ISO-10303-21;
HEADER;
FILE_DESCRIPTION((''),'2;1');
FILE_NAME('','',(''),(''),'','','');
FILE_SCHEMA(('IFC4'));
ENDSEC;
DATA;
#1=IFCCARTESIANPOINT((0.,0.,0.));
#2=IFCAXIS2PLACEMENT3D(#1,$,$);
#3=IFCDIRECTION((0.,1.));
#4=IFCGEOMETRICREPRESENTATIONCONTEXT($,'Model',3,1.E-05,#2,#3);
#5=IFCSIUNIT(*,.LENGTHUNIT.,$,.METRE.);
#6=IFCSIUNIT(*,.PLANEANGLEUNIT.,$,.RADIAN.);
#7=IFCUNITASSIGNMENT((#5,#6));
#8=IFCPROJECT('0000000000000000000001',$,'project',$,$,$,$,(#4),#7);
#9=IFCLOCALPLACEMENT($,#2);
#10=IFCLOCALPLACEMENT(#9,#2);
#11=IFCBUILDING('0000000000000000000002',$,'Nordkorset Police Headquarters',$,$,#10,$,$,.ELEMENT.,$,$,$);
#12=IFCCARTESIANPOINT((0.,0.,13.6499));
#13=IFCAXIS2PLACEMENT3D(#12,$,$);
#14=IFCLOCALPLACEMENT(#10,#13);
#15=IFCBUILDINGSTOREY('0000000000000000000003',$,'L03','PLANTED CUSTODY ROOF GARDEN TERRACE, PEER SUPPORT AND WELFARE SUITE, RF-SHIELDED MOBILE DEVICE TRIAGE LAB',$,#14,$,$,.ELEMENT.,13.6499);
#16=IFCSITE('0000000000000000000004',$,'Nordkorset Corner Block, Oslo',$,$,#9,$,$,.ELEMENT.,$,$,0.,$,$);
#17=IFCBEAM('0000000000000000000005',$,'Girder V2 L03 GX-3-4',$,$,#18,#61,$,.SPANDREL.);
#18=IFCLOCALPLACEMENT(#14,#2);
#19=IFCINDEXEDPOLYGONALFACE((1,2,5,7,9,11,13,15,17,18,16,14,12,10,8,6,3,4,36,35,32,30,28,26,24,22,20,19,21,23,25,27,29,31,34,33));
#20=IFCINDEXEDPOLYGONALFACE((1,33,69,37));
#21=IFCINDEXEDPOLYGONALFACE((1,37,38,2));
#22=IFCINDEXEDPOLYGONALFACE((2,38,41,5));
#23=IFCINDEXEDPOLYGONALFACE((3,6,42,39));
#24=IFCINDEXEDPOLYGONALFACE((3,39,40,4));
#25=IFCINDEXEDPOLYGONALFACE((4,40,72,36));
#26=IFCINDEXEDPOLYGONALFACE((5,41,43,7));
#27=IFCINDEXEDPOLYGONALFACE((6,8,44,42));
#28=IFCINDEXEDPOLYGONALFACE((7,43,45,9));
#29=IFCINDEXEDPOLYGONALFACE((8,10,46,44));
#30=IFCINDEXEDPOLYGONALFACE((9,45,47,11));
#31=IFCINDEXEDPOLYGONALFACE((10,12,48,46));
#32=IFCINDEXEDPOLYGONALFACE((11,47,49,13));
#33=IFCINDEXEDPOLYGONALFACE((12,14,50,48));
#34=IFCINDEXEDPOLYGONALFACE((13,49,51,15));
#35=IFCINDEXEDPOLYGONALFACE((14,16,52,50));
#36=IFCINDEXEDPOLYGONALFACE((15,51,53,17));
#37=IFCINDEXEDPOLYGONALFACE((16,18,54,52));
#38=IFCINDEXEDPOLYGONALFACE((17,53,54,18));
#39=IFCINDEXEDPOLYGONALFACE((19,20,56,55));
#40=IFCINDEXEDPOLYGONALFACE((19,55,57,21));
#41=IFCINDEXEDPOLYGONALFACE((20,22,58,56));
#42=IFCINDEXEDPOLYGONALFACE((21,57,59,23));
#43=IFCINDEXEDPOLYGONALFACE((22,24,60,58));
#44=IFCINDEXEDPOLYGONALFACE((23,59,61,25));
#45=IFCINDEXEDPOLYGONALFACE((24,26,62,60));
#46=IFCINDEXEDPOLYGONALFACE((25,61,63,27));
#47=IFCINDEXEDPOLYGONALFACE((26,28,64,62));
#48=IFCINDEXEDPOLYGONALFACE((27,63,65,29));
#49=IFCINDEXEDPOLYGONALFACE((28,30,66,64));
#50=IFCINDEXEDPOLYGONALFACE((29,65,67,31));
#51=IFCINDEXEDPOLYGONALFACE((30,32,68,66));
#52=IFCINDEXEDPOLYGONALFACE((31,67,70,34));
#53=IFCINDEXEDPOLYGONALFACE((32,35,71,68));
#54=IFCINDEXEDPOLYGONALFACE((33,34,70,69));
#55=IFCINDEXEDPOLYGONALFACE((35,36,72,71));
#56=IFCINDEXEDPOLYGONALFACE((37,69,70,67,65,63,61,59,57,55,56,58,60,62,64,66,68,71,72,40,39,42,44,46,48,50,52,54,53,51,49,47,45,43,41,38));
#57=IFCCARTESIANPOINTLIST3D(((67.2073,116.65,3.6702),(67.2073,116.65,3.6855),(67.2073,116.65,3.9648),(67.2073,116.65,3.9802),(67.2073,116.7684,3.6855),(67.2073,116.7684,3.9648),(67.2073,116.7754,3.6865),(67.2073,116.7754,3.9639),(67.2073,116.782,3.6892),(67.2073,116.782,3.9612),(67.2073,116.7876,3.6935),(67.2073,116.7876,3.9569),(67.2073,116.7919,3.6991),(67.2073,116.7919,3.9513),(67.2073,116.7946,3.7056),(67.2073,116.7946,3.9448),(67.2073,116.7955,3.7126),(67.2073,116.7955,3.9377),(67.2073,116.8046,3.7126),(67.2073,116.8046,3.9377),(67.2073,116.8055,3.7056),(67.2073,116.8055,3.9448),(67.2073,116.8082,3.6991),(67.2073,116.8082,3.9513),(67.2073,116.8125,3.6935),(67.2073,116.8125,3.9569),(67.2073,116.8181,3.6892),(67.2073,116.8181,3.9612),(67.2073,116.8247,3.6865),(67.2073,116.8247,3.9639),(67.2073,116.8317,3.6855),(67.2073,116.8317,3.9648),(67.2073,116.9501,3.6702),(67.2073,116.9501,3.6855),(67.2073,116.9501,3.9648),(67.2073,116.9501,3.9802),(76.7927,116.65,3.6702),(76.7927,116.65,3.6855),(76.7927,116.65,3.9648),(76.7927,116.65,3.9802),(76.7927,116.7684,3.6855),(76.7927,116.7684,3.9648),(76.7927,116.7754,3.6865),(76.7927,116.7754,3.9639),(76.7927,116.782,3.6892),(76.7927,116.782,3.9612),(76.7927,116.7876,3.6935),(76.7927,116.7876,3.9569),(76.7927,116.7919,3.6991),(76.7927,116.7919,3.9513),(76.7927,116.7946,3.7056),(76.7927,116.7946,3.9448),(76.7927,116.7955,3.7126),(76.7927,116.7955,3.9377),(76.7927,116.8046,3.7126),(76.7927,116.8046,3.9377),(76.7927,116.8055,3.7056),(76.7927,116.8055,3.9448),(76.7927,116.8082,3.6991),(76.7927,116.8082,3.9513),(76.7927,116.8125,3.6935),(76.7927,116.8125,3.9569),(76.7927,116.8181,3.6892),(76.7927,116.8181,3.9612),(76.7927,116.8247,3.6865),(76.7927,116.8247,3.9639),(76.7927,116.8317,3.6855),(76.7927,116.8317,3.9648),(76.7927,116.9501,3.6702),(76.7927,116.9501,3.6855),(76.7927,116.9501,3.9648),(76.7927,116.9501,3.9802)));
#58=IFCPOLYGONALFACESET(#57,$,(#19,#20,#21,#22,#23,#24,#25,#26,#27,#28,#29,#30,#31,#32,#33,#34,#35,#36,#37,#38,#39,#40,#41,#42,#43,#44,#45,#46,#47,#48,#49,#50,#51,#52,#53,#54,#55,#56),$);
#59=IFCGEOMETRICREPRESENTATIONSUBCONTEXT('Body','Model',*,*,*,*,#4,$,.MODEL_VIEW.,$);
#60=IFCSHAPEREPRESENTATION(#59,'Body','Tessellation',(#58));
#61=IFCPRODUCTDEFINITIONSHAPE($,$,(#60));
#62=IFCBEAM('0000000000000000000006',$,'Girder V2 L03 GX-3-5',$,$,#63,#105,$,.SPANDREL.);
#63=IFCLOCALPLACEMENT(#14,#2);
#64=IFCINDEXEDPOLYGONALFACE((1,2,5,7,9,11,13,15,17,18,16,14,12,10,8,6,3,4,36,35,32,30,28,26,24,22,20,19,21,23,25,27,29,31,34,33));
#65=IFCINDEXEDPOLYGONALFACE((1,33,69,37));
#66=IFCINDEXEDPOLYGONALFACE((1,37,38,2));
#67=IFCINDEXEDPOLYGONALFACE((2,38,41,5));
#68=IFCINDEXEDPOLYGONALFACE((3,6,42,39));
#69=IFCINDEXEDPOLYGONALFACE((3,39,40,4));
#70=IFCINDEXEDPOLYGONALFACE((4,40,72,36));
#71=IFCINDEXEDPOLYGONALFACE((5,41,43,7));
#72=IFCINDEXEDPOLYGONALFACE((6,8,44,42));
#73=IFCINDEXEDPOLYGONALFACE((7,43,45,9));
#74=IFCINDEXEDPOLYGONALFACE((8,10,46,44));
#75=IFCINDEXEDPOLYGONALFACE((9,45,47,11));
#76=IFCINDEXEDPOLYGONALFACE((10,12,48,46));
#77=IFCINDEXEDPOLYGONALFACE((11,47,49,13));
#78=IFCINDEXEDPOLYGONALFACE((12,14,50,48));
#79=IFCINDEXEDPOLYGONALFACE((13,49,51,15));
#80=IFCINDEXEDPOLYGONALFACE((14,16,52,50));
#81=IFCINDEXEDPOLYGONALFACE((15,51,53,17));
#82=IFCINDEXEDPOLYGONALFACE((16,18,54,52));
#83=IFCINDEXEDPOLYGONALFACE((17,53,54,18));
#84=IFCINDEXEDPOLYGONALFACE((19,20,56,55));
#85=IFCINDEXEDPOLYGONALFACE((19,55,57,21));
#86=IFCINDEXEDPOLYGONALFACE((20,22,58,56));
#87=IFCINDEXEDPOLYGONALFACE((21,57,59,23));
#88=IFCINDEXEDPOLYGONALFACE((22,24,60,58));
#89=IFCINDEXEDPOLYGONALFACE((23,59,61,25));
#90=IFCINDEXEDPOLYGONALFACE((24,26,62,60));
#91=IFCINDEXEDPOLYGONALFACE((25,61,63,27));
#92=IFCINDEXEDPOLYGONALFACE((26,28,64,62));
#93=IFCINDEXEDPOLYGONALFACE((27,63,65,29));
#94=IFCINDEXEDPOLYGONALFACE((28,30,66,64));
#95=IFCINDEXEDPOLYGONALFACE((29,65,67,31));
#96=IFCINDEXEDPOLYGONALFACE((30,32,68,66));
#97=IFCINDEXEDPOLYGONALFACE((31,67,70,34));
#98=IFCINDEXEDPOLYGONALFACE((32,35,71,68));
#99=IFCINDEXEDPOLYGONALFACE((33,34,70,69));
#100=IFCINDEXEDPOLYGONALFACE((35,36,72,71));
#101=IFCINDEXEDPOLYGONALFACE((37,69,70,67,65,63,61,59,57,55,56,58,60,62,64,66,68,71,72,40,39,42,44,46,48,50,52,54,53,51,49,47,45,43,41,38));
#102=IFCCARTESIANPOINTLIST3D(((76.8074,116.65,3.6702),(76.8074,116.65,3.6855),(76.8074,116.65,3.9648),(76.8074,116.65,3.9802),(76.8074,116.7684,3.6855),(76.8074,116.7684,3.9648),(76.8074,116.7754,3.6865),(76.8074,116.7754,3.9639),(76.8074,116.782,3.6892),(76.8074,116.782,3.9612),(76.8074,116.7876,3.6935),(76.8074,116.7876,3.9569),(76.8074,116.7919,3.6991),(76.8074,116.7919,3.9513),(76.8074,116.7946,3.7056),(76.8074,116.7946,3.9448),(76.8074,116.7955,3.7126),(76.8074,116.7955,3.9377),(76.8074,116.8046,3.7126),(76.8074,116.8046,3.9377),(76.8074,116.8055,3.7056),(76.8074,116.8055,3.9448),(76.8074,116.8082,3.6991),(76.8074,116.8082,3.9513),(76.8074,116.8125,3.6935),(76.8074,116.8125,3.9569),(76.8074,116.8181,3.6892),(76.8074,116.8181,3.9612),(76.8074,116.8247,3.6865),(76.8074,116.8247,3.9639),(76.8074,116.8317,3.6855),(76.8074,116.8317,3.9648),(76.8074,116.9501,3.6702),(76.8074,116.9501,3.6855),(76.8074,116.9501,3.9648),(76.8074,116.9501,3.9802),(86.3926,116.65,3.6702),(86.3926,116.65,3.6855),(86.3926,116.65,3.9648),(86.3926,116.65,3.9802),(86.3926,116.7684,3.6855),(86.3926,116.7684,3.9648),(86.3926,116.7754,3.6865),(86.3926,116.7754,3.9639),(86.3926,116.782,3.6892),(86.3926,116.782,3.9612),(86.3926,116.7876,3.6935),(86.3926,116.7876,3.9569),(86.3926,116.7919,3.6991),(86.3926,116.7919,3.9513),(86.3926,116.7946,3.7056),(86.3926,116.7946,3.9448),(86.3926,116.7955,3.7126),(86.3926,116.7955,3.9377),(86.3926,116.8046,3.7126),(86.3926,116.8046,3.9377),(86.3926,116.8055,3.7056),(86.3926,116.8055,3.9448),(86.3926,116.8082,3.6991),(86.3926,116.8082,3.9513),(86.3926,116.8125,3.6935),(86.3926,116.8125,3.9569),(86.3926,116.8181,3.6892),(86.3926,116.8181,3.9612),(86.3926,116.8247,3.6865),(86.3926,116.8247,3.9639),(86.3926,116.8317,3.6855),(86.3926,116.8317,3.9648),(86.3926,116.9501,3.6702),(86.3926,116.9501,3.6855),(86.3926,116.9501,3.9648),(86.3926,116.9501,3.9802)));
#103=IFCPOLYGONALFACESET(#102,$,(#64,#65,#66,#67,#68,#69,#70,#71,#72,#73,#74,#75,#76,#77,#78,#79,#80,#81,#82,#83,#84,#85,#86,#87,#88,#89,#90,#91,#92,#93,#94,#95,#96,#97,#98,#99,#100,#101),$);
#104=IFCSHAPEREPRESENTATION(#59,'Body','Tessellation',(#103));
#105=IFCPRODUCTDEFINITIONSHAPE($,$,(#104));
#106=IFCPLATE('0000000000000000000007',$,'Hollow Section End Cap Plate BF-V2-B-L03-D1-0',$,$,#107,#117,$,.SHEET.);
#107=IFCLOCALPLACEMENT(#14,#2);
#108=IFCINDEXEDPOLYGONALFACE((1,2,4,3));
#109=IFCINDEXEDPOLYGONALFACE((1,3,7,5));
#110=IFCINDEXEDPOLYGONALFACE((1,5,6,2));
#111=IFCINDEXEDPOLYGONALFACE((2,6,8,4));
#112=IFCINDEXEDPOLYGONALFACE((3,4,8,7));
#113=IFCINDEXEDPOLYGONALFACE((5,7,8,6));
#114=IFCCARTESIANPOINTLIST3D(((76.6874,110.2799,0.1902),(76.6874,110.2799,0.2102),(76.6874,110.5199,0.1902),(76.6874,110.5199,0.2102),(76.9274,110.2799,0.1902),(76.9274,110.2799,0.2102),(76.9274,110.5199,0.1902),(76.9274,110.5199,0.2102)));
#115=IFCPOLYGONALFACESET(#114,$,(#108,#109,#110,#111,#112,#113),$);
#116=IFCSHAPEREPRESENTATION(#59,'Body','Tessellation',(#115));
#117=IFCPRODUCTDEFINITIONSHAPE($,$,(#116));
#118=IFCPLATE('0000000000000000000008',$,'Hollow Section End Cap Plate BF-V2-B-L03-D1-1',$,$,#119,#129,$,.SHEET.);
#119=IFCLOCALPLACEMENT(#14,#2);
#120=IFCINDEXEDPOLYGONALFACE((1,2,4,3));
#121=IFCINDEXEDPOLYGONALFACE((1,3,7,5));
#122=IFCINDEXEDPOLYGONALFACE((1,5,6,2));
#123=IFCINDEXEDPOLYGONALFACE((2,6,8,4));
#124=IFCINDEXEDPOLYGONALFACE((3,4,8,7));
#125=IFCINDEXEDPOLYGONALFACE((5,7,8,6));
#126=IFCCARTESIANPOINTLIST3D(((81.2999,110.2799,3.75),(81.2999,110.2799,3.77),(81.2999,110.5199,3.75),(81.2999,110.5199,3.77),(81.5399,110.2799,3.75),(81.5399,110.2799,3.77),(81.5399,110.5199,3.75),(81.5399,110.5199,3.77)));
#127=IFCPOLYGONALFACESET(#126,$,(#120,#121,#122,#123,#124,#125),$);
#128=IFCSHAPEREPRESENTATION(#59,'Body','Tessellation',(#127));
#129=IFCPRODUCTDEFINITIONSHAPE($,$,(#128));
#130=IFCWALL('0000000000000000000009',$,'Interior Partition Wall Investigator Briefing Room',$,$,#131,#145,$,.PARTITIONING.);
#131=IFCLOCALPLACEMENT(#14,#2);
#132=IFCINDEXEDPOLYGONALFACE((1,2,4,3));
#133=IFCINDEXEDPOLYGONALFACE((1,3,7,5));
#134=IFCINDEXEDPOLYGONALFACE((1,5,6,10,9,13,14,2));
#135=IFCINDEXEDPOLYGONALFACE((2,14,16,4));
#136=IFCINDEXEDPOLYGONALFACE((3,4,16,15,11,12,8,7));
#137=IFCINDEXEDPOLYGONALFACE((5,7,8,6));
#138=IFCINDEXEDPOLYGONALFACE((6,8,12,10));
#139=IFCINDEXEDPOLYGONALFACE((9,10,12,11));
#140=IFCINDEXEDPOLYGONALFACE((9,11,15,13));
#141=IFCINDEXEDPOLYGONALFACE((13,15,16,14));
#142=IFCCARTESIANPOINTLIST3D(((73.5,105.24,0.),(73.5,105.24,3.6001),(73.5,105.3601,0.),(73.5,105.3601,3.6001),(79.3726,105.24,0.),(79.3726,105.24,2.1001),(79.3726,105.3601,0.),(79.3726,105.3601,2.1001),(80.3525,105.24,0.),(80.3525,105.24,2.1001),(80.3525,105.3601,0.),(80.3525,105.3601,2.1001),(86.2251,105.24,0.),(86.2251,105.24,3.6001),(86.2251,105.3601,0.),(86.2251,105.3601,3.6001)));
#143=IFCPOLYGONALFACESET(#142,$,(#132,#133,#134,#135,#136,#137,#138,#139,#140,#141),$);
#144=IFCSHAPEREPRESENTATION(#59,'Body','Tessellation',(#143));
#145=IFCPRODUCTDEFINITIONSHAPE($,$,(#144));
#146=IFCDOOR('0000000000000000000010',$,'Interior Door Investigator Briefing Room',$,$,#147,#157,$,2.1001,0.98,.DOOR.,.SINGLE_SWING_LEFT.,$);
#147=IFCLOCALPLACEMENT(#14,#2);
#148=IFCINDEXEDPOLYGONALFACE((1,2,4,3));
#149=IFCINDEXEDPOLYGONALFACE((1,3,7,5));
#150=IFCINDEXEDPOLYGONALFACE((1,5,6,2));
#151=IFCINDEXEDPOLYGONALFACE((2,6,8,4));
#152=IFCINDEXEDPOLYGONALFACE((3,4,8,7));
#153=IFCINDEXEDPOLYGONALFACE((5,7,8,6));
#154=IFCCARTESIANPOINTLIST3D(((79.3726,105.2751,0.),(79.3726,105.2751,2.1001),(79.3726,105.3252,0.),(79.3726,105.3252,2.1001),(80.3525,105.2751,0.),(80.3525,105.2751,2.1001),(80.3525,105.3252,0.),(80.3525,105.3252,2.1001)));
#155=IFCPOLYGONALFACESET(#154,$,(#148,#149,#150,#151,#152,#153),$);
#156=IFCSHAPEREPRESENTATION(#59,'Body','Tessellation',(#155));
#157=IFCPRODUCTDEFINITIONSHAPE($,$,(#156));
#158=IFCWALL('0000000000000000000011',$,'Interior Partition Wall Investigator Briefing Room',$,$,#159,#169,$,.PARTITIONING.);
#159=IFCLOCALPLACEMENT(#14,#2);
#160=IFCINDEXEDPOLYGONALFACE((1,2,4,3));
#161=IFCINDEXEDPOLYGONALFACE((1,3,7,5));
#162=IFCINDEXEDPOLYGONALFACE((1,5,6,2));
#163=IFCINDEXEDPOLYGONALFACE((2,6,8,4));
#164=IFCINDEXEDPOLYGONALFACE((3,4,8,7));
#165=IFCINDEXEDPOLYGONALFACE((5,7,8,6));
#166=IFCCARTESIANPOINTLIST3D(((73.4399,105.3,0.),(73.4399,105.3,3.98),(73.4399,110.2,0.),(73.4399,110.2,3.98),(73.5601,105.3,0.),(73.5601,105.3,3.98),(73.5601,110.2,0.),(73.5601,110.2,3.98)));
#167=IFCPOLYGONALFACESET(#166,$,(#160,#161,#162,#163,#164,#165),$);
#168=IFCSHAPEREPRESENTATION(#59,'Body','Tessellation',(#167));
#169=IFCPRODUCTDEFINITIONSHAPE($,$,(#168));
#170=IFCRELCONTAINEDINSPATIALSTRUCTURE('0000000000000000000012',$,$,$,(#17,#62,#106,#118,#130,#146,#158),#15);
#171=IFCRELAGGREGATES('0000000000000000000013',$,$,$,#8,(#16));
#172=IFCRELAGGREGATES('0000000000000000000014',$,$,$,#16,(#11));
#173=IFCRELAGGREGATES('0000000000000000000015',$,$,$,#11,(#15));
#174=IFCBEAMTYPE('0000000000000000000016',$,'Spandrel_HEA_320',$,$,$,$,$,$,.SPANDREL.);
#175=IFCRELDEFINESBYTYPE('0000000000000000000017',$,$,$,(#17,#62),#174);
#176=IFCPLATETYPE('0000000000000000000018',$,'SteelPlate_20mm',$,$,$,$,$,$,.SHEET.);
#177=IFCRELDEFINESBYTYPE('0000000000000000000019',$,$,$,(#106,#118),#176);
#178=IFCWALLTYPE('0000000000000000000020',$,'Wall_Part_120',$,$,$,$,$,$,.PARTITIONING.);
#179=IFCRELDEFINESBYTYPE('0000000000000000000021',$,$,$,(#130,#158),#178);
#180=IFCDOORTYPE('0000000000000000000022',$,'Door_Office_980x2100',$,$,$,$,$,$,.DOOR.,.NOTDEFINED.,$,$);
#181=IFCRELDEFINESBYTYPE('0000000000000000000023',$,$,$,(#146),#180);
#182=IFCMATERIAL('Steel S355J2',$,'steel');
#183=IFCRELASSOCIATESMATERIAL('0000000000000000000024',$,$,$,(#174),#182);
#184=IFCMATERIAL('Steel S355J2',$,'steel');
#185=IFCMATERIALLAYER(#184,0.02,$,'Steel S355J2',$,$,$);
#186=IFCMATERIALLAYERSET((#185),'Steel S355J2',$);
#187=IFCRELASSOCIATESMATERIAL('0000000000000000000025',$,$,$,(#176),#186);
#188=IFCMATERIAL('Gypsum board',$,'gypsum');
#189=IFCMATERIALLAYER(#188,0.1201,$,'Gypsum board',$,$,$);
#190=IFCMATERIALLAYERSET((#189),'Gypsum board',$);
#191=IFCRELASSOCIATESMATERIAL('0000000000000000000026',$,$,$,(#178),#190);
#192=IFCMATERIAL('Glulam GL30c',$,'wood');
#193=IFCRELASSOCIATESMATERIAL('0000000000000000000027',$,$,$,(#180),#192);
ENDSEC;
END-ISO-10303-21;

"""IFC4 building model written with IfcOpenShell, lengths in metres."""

from ifc_helpers import new_model, si_unit, direction, frame, frame_2d, origin, origin_2d, place, context, subcontext, project, spatial, rectangle, i_section, extrude, material, layer, layer_set, material_profile, profile_set, type_object, element, fill, save


model = new_model("IFC4")

# Units and contexts
model_context = context("Model", 3, precision=1e-05, world=origin(), true_north=direction((0.0, 1.0)))
body_context = subcontext(model_context, "Body", "Model", "MODEL_VIEW")
ifc_project = project(units=[si_unit("LENGTHUNIT", "METRE"), si_unit("PLANEANGLEUNIT", "RADIAN")], contexts=[model_context])

# Site, building, storey
site_placement = place(None, origin())
site = spatial("IfcSite", under=ifc_project, at=site_placement, Name="Nordkorset Corner Block, Oslo", CompositionType="ELEMENT", RefElevation=0.0)
building_placement = place(site_placement, origin())
building = spatial("IfcBuilding", under=site, at=building_placement, Name="Nordkorset Police Headquarters", CompositionType="ELEMENT")
storey_placement = place(building_placement, frame((0.0, 0.0, 13.6499)))
storey = spatial("IfcBuildingStorey", under=building, at=storey_placement, Name="L03", Description="PLANTED CUSTODY ROOF GARDEN TERRACE, PEER SUPPORT AND WELFARE SUITE, RF-SHIELDED MOBILE DEVICE TRIAGE LAB", CompositionType="ELEMENT", Elevation=13.6499)

# Beams
ifc_material_1 = material(Name="Steel S355J2", Category="steel")
ifc_material_profile_1 = material_profile(ifc_material_1, i_section(OverallWidth=0.3, OverallDepth=0.3101, WebThickness=0.009, FlangeThickness=0.0154, FilletRadius=0.0271, at=origin_2d()), Name="HEA 320")
ifc_profile_set_1 = profile_set([ifc_material_profile_1], Name="Steel S355J2")
beam_type_1 = type_object("IfcBeamType", Name="Spandrel_HEA_320", PredefinedType="SPANDREL", material=ifc_profile_set_1)
beam_1_placement = place(storey_placement, frame((67.2073, 116.8, 3.8252), z_axis=(1.0, 0.0, 0.0), x_axis=(0.0, 1.0, 0.0)))
element("IfcBeam", 1, at=beam_1_placement, inside=storey, type_object=beam_type_1, Name="Girder V2 L03 GX-3-4", PredefinedType="SPANDREL", context=body_context, shape_type="SweptSolid", body=[
    extrude(i_section(OverallWidth=0.3, OverallDepth=0.3101, WebThickness=0.009, FlangeThickness=0.0154, FilletRadius=0.0271, at=origin_2d()), origin(), (0.0, 0.0, 1.0), 9.5854),
])
beam_2_placement = place(storey_placement, frame((76.8074, 116.8, 3.8252), z_axis=(1.0, 0.0, 0.0), x_axis=(0.0, 1.0, 0.0)))
element("IfcBeam", 2, at=beam_2_placement, inside=storey, type_object=beam_type_1, Name="Girder V2 L03 GX-3-5", PredefinedType="SPANDREL", context=body_context, shape_type="SweptSolid", body=[
    extrude(i_section(OverallWidth=0.3, OverallDepth=0.3101, WebThickness=0.009, FlangeThickness=0.0154, FilletRadius=0.0271, at=origin_2d()), origin(), (0.0, 0.0, 1.0), 9.5852),
])

# Plates
ifc_material_2 = material(Name="Steel S355J2", Category="steel")
ifc_layer_1 = layer(ifc_material_2, 0.02, Name="Steel S355J2")
ifc_layer_set_1 = layer_set([ifc_layer_1], Name="Steel S355J2")
plate_type = type_object("IfcPlateType", Name="SteelPlate_20mm", PredefinedType="SHEET", material=ifc_layer_set_1)
for number, where, z_axis, x_axis, name in (
    (3, (76.8074, 110.3999, 0.1902), (0.0, 0.0, 1.0), (1.0, 0.0, 0.0), "Hollow Section End Cap Plate BF-V2-B-L03-D1-0"),
    (4, (81.4199, 110.3999, 3.75), (0.0, 0.0, 1.0), (1.0, 0.0, 0.0), "Hollow Section End Cap Plate BF-V2-B-L03-D1-1"),
):
    element("IfcPlate", number, at=place(storey_placement, frame(where, z_axis=z_axis, x_axis=x_axis)), inside=storey, type_object=plate_type, Name=name, PredefinedType="SHEET", context=body_context, shape_type="SweptSolid", body=[
        extrude(rectangle(XDim=0.24, YDim=0.24, at=origin_2d()), origin(), (0.0, 0.0, 1.0), 0.02),
    ])

# Wall, opening, door
ifc_material_3 = material(Name="Gypsum board", Category="gypsum")
ifc_layer_2 = layer(ifc_material_3, 0.1201, Name="Gypsum board")
ifc_layer_set_2 = layer_set([ifc_layer_2], Name="Gypsum board")
wall_type = type_object("IfcWallType", Name="Wall_Part_120", PredefinedType="PARTITIONING", material=ifc_layer_set_2)
wall_1_placement = place(storey_placement, frame((73.5, 105.3, 0.0), z_axis=(0.0, 0.0, 1.0), x_axis=(1.0, 0.0, 0.0)))
wall_1 = element("IfcWall", 5, at=wall_1_placement, inside=storey, type_object=wall_type, Name="Interior Partition Wall Investigator Briefing Room", PredefinedType="PARTITIONING", context=body_context, shape_type="SweptSolid", body=[
    extrude(rectangle(XDim=12.7251, YDim=0.1201, at=frame_2d((6.3625, 0.0))), origin(), (0.0, 0.0, 1.0), 3.6001),
])
opening_placement = place(wall_1_placement, frame((5.8726, 0.0, 0.0)))
opening = element("IfcOpeningElement", 6, at=opening_placement, cuts=wall_1, PredefinedType="OPENING", context=body_context, shape_type="SweptSolid", body=[
    extrude(rectangle(XDim=0.98, YDim=2.1001, at=frame_2d((0.49, 1.05))), frame((0.0, 0.0701, 0.0), z_axis=(0.0, -1.0, 0.0), x_axis=(1.0, 0.0, 0.0)), (0.0, 0.0, 1.0), 0.1401),
])
ifc_material_4 = material(Name="Glulam GL30c", Category="wood")
door_type = type_object("IfcDoorType", Name="Door_Office_980x2100", OperationType="NOTDEFINED", PredefinedType="DOOR", material=ifc_material_4)
door_placement = place(opening_placement, frame((0.98, 0.0, 0.0), z_axis=(0.0, 0.0, 1.0), x_axis=(-1.0, 0.0, 0.0)))
door = element("IfcDoor", 7, at=door_placement, inside=storey, type_object=door_type, Name="Interior Door Investigator Briefing Room", OperationType="SINGLE_SWING_LEFT", OverallHeight=2.1001, OverallWidth=0.98, PredefinedType="DOOR", context=body_context, shape_type="SweptSolid", body=[
    extrude(rectangle(XDim=0.98, YDim=2.1001, at=frame_2d((0.49, 1.05))), frame((0.0, 0.0249, 0.0), z_axis=(0.0, -1.0, 0.0), x_axis=(1.0, 0.0, 0.0)), (0.0, 0.0, 1.0), 0.05),
])
fill(opening, door)

# Wall
wall_2_placement = place(storey_placement, frame((73.5, 110.2, 0.0), z_axis=(0.0, 0.0, 1.0), x_axis=(0.0, -1.0, 0.0)))
element("IfcWall", 8, at=wall_2_placement, inside=storey, type_object=wall_type, Name="Interior Partition Wall Investigator Briefing Room", PredefinedType="PARTITIONING", context=body_context, shape_type="SweptSolid", body=[
    extrude(rectangle(XDim=4.8999, YDim=0.1201, at=frame_2d((2.45, 0.0))), origin(), (0.0, 0.0, 1.0), 3.98),
])

save(model, "model.ifc")
